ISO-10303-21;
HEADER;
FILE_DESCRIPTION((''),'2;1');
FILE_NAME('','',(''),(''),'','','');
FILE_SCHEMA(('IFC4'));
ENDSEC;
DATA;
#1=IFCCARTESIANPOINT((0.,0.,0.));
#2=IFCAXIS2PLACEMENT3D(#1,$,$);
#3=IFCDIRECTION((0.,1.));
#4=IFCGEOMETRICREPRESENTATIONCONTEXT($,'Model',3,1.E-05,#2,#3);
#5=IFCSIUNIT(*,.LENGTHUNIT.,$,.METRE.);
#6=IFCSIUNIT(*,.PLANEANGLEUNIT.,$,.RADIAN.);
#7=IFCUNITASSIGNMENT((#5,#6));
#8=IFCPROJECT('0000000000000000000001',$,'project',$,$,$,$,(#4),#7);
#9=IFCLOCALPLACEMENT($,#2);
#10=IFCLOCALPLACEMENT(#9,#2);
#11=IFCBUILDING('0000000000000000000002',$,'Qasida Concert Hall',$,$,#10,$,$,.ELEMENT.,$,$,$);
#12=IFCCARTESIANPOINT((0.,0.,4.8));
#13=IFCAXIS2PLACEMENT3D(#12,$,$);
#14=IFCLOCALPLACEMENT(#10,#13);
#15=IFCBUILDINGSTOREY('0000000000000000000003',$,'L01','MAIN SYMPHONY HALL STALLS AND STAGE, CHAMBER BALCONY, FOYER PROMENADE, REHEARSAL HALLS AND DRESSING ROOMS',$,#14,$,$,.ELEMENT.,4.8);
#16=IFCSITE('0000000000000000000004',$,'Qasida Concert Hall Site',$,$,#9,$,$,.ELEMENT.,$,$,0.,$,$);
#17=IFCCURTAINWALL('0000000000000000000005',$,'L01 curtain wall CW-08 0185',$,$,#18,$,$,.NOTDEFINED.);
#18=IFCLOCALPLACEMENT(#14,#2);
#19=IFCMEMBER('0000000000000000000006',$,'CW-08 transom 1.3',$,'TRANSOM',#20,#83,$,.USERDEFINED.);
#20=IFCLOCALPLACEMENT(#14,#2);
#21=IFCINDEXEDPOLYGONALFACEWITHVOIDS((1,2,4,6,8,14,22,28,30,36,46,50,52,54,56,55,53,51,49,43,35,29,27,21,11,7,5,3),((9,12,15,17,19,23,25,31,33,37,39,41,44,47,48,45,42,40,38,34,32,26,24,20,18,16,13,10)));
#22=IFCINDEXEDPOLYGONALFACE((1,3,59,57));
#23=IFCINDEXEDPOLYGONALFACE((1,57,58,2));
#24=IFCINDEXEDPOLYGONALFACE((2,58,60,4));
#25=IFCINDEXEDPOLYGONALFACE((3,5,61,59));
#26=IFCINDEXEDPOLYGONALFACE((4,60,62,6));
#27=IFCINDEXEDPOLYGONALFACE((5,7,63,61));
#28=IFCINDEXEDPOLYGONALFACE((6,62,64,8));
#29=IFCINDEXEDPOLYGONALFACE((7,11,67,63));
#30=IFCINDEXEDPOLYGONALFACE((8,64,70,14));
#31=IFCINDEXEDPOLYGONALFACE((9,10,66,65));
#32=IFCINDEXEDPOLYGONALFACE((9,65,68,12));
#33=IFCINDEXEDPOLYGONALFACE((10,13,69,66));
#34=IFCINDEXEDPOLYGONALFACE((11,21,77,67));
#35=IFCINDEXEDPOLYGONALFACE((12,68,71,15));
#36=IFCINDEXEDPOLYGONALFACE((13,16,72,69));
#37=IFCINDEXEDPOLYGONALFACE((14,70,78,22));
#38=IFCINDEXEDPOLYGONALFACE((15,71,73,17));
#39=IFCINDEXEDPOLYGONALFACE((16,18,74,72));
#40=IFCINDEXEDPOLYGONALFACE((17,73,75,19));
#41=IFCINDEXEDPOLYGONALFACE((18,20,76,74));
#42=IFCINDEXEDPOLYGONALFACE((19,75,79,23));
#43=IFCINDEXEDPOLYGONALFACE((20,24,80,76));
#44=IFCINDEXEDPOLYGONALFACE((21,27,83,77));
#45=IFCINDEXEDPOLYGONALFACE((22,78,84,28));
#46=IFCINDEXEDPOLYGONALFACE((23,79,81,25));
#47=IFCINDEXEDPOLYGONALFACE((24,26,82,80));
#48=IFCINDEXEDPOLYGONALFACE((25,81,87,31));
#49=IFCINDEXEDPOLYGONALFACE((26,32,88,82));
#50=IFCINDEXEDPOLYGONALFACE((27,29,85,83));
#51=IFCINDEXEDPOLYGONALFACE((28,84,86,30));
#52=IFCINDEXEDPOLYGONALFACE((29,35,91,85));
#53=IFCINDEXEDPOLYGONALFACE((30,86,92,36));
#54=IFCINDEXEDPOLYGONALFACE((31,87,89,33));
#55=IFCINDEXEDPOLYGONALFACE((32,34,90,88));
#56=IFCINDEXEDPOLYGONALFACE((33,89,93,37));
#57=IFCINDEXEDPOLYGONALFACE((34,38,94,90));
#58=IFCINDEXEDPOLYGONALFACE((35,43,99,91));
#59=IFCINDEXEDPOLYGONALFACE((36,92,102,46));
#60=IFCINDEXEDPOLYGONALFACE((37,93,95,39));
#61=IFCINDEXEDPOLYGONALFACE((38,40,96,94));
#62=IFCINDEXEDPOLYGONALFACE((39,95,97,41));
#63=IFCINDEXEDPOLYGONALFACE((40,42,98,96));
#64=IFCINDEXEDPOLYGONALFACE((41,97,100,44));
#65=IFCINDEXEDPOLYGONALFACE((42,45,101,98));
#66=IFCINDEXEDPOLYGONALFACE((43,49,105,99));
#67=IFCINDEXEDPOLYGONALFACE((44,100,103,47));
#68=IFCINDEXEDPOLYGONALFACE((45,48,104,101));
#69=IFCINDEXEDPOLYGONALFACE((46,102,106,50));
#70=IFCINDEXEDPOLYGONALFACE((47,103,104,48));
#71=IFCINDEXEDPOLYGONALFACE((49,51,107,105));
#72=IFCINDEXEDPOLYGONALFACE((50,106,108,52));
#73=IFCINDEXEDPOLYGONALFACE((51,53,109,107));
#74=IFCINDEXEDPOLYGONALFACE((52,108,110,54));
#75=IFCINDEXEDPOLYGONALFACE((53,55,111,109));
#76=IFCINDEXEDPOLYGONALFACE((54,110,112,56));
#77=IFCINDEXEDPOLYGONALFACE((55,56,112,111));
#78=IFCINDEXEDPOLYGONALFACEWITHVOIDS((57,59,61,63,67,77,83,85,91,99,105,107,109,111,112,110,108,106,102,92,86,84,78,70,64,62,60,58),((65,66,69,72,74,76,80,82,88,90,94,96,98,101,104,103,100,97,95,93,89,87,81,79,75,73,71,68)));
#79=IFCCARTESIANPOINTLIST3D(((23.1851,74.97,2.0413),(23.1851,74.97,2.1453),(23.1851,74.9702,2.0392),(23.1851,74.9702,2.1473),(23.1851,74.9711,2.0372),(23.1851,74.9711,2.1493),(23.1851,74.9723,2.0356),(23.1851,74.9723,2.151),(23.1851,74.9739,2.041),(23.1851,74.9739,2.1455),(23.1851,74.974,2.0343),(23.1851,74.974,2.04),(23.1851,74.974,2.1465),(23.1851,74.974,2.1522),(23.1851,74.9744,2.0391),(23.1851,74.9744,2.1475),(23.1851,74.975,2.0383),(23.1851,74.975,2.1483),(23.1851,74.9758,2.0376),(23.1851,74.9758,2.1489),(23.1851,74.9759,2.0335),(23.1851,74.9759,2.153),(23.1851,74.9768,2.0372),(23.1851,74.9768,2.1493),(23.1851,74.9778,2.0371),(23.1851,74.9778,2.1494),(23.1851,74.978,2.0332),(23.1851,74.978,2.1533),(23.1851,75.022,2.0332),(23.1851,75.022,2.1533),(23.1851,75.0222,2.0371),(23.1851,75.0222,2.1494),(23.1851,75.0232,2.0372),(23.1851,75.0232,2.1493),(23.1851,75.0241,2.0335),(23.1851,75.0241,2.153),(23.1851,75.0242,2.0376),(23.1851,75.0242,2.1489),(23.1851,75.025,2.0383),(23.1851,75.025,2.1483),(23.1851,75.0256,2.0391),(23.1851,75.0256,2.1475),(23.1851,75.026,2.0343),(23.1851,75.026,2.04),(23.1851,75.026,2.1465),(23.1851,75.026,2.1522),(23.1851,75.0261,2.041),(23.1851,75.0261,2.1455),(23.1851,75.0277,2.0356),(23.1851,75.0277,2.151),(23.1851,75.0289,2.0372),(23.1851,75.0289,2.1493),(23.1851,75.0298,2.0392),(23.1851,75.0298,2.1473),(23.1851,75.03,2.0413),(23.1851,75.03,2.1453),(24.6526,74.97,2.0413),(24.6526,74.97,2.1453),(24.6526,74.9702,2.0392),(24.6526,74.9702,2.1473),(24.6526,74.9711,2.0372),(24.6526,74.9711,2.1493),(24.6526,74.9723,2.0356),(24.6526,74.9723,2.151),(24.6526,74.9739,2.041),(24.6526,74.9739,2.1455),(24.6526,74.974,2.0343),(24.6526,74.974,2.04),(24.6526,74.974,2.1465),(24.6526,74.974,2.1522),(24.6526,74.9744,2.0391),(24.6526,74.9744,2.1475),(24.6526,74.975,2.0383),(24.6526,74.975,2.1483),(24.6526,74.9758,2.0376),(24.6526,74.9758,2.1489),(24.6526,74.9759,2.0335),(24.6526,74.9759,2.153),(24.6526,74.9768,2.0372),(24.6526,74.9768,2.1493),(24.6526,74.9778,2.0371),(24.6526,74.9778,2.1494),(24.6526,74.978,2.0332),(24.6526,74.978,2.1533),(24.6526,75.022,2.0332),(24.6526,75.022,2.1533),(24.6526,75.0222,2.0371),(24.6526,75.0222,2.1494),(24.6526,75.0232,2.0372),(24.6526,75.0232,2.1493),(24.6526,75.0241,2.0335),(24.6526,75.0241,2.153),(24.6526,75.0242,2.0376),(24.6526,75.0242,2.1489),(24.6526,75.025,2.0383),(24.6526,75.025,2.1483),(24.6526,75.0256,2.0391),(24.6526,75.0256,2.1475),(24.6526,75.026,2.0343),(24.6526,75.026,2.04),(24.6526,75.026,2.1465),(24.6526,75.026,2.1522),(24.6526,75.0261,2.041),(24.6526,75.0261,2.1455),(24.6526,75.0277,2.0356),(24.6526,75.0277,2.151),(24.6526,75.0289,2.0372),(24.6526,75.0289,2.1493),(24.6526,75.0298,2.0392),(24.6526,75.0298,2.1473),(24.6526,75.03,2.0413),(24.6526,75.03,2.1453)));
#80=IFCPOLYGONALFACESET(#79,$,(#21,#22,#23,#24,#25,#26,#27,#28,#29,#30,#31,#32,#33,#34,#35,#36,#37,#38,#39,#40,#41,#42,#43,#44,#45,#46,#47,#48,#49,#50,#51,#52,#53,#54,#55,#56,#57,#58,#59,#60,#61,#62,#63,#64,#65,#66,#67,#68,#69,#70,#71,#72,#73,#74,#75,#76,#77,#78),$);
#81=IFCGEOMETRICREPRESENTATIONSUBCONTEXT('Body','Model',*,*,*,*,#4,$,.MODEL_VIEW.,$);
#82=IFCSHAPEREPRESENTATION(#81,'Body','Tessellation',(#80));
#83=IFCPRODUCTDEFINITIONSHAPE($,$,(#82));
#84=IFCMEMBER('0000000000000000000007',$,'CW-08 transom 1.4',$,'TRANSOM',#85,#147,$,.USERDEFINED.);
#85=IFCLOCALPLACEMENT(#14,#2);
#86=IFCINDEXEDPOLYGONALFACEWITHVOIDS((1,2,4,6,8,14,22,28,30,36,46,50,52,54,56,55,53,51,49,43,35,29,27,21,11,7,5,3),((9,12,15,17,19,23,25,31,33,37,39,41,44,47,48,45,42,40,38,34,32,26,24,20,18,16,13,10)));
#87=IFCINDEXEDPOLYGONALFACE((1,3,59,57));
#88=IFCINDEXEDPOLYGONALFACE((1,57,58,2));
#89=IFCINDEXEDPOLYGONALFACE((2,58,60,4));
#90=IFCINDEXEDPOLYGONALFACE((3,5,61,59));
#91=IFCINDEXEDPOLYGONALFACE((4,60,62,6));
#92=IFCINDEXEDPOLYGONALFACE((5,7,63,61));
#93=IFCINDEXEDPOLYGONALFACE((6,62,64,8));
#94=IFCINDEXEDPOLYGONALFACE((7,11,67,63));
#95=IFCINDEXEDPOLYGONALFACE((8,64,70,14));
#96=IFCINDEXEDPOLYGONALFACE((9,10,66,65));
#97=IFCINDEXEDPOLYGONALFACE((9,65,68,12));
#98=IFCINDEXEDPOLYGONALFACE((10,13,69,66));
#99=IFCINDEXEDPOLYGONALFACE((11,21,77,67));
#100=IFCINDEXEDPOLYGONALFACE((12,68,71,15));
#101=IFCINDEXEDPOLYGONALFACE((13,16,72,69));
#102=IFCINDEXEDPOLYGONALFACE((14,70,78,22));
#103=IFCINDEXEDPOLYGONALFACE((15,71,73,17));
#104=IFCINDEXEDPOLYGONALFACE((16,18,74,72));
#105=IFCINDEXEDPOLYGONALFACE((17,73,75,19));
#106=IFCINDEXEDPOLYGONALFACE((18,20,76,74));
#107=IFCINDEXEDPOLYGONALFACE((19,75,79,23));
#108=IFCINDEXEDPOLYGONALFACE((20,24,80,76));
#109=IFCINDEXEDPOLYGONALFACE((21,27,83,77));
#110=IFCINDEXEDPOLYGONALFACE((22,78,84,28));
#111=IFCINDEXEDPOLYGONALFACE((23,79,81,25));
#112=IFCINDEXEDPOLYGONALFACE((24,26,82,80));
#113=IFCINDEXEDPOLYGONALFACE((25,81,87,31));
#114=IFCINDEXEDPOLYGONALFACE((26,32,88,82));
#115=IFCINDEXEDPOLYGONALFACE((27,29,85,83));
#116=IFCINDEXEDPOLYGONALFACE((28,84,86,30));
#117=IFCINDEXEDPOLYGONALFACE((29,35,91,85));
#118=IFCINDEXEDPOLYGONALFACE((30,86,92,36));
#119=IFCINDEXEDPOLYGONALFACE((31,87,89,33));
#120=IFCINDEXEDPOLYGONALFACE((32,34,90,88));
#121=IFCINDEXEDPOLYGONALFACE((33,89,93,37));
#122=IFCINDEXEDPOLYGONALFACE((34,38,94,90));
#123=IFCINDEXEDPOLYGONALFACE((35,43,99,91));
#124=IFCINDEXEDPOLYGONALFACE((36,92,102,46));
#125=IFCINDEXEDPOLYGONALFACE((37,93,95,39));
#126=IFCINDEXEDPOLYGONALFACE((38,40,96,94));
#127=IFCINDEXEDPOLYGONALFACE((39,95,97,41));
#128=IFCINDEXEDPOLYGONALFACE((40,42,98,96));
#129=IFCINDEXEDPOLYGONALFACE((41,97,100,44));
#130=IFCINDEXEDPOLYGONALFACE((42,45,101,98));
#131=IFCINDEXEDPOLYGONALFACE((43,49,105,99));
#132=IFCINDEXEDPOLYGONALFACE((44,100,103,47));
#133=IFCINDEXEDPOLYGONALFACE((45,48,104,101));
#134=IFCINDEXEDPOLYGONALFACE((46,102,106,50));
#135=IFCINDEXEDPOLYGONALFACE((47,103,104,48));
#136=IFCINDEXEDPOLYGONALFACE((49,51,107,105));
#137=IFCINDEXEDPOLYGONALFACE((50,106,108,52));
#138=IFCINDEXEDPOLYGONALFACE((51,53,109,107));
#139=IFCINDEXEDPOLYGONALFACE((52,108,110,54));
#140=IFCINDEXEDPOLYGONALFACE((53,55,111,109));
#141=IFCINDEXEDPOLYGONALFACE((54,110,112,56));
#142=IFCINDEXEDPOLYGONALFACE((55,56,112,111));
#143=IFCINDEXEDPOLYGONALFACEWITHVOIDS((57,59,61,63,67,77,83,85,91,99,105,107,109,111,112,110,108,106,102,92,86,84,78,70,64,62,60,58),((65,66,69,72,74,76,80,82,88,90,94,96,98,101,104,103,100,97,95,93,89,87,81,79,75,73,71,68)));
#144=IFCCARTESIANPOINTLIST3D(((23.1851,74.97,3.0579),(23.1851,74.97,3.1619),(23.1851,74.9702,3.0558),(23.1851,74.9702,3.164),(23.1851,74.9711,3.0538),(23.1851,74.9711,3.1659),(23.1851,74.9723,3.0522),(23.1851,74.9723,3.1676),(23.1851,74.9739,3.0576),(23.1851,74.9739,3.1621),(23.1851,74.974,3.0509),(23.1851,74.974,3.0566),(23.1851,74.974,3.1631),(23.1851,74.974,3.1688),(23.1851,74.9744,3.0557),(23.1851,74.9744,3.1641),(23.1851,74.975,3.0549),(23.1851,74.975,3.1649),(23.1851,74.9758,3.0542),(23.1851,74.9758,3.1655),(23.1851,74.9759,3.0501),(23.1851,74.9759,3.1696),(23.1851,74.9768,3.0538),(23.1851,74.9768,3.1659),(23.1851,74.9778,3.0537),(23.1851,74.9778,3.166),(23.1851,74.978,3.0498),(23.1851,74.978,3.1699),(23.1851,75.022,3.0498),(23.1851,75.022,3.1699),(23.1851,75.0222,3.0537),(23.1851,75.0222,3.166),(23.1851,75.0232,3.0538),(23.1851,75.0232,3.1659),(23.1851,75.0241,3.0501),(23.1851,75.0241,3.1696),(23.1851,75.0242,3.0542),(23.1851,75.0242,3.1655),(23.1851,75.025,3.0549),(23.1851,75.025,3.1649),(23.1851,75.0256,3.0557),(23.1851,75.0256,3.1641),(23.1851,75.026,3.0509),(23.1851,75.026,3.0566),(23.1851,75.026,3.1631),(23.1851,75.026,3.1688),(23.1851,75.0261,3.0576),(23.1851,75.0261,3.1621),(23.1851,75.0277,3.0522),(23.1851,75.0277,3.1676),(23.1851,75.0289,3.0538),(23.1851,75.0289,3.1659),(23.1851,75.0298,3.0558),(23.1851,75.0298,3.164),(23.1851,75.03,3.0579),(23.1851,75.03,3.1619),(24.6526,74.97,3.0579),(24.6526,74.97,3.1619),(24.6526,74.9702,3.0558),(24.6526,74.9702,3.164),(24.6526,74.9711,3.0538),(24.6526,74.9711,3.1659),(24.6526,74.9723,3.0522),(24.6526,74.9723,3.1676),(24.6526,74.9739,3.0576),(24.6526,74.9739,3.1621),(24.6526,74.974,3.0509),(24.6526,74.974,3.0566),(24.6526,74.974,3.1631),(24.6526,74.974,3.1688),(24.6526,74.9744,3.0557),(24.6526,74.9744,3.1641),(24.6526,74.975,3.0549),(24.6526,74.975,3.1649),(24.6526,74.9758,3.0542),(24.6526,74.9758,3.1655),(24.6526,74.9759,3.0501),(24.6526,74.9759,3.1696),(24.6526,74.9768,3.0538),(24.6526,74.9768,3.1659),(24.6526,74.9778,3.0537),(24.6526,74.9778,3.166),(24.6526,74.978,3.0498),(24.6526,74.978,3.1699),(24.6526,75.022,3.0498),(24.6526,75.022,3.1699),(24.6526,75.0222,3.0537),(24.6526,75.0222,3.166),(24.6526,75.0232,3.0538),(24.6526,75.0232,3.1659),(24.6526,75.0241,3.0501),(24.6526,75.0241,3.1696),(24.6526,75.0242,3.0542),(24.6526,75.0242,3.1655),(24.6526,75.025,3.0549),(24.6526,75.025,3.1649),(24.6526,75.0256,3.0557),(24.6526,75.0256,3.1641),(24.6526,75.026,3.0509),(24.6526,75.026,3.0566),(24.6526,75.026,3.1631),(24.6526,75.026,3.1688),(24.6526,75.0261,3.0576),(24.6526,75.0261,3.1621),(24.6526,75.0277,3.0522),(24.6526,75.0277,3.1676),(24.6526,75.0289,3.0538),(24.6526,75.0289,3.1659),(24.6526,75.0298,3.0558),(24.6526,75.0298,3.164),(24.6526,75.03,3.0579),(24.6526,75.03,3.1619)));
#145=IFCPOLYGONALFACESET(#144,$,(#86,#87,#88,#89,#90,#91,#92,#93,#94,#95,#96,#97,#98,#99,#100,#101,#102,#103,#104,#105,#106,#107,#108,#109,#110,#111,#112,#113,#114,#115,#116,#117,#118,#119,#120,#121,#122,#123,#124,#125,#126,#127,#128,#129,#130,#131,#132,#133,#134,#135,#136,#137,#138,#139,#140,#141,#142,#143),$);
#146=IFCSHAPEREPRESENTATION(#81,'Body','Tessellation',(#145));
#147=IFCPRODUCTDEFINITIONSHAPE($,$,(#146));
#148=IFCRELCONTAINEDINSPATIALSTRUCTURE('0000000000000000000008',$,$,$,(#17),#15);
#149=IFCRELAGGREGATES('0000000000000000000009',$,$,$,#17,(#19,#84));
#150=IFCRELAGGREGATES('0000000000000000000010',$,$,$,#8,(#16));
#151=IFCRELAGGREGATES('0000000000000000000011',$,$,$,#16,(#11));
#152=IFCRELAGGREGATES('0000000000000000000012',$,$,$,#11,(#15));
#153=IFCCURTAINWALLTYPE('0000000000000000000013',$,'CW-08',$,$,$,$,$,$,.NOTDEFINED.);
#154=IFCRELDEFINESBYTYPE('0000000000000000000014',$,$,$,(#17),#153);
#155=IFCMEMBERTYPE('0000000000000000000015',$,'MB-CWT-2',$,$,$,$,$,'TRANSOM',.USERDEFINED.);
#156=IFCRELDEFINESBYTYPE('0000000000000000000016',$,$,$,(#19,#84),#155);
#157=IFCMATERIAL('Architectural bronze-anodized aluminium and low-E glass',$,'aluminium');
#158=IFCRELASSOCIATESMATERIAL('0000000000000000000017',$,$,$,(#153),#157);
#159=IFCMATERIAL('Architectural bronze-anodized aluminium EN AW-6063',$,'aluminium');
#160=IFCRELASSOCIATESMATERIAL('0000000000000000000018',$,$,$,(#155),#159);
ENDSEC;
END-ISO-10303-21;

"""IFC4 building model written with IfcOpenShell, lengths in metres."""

from ifc_helpers import new_model, si_unit, direction, frame, origin, origin_2d, place, context, subcontext, project, spatial, hollow_rectangle, extrude, material, material_profile, profile_set, type_object, element, aggregate, save


model = new_model("IFC4")

# Units and contexts
model_context = context("Model", 3, precision=1e-05, world=origin(), true_north=direction((0.0, 1.0)))
body_context = subcontext(model_context, "Body", "Model", "MODEL_VIEW")
ifc_project = project(units=[si_unit("LENGTHUNIT", "METRE"), si_unit("PLANEANGLEUNIT", "RADIAN")], contexts=[model_context])

# Site, building, storey
site_placement = place(None, origin())
site = spatial("IfcSite", under=ifc_project, at=site_placement, Name="Qasida Concert Hall Site", CompositionType="ELEMENT", RefElevation=0.0)
building_placement = place(site_placement, origin())
building = spatial("IfcBuilding", under=site, at=building_placement, Name="Qasida Concert Hall", CompositionType="ELEMENT")
storey_placement = place(building_placement, frame((0.0, 0.0, 4.8)))
storey = spatial("IfcBuildingStorey", under=building, at=storey_placement, Name="L01", Description="MAIN SYMPHONY HALL STALLS AND STAGE, CHAMBER BALCONY, FOYER PROMENADE, REHEARSAL HALLS AND DRESSING ROOMS", CompositionType="ELEMENT", Elevation=4.8)

# Shared definitions
ifc_material_1 = material(Name="Architectural bronze-anodized aluminium and low-E glass", Category="aluminium")
ifc_material_2 = material(Name="Architectural bronze-anodized aluminium EN AW-6063", Category="aluminium")

# Curtain wall
curtain_wall_type_1 = type_object("IfcCurtainWallType", Name="CW-08", PredefinedType="NOTDEFINED", material=ifc_material_1)
curtain_wall_1_placement = place(storey_placement, origin())
curtain_wall_1 = element("IfcCurtainWall", 1, at=curtain_wall_1_placement, inside=storey, type_object=curtain_wall_type_1, Name="L01 curtain wall CW-08 0185", PredefinedType="NOTDEFINED")

# Members
ifc_material_profile_1 = material_profile(ifc_material_2, hollow_rectangle(XDim=0.0601, YDim=0.1201, WallThickness=0.0039, InnerFilletRadius=0.0039, OuterFilletRadius=0.0081, at=origin_2d()), Name="CWT 120x60x4")
ifc_profile_set_1 = profile_set([ifc_material_profile_1], Name="Architectural bronze-anodized aluminium EN AW-6063")
member_type_1 = type_object("IfcMemberType", Name="MB-CWT-2", ElementType="TRANSOM", PredefinedType="USERDEFINED", material=ifc_profile_set_1)
member_1_placement = place(storey_placement, frame((23.1851, 75.0, 2.0933), z_axis=(1.0, 0.0, 0.0), x_axis=(0.0, 1.0, 0.0)))
member_1 = element("IfcMember", 2, at=member_1_placement, type_object=member_type_1, Name="CW-08 transom 1.3", ObjectType="TRANSOM", PredefinedType="USERDEFINED", context=body_context, shape_type="SweptSolid", body=[
    extrude(hollow_rectangle(XDim=0.0601, YDim=0.1201, WallThickness=0.0039, InnerFilletRadius=0.0039, OuterFilletRadius=0.0081, at=origin_2d()), origin(), (0.0, 0.0, 1.0), 1.4675),
])
member_2_placement = place(storey_placement, frame((23.1851, 75.0, 3.1099), z_axis=(1.0, 0.0, 0.0), x_axis=(0.0, 1.0, 0.0)))
member_2 = element("IfcMember", 3, at=member_2_placement, type_object=member_type_1, Name="CW-08 transom 1.4", ObjectType="TRANSOM", PredefinedType="USERDEFINED", context=body_context, shape_type="SweptSolid", body=[
    extrude(hollow_rectangle(XDim=0.0601, YDim=0.1201, WallThickness=0.0039, InnerFilletRadius=0.0039, OuterFilletRadius=0.0081, at=origin_2d()), origin(), (0.0, 0.0, 1.0), 1.4675),
])

aggregate(curtain_wall_1, [member_1, member_2])

save(model, "model.ifc")
